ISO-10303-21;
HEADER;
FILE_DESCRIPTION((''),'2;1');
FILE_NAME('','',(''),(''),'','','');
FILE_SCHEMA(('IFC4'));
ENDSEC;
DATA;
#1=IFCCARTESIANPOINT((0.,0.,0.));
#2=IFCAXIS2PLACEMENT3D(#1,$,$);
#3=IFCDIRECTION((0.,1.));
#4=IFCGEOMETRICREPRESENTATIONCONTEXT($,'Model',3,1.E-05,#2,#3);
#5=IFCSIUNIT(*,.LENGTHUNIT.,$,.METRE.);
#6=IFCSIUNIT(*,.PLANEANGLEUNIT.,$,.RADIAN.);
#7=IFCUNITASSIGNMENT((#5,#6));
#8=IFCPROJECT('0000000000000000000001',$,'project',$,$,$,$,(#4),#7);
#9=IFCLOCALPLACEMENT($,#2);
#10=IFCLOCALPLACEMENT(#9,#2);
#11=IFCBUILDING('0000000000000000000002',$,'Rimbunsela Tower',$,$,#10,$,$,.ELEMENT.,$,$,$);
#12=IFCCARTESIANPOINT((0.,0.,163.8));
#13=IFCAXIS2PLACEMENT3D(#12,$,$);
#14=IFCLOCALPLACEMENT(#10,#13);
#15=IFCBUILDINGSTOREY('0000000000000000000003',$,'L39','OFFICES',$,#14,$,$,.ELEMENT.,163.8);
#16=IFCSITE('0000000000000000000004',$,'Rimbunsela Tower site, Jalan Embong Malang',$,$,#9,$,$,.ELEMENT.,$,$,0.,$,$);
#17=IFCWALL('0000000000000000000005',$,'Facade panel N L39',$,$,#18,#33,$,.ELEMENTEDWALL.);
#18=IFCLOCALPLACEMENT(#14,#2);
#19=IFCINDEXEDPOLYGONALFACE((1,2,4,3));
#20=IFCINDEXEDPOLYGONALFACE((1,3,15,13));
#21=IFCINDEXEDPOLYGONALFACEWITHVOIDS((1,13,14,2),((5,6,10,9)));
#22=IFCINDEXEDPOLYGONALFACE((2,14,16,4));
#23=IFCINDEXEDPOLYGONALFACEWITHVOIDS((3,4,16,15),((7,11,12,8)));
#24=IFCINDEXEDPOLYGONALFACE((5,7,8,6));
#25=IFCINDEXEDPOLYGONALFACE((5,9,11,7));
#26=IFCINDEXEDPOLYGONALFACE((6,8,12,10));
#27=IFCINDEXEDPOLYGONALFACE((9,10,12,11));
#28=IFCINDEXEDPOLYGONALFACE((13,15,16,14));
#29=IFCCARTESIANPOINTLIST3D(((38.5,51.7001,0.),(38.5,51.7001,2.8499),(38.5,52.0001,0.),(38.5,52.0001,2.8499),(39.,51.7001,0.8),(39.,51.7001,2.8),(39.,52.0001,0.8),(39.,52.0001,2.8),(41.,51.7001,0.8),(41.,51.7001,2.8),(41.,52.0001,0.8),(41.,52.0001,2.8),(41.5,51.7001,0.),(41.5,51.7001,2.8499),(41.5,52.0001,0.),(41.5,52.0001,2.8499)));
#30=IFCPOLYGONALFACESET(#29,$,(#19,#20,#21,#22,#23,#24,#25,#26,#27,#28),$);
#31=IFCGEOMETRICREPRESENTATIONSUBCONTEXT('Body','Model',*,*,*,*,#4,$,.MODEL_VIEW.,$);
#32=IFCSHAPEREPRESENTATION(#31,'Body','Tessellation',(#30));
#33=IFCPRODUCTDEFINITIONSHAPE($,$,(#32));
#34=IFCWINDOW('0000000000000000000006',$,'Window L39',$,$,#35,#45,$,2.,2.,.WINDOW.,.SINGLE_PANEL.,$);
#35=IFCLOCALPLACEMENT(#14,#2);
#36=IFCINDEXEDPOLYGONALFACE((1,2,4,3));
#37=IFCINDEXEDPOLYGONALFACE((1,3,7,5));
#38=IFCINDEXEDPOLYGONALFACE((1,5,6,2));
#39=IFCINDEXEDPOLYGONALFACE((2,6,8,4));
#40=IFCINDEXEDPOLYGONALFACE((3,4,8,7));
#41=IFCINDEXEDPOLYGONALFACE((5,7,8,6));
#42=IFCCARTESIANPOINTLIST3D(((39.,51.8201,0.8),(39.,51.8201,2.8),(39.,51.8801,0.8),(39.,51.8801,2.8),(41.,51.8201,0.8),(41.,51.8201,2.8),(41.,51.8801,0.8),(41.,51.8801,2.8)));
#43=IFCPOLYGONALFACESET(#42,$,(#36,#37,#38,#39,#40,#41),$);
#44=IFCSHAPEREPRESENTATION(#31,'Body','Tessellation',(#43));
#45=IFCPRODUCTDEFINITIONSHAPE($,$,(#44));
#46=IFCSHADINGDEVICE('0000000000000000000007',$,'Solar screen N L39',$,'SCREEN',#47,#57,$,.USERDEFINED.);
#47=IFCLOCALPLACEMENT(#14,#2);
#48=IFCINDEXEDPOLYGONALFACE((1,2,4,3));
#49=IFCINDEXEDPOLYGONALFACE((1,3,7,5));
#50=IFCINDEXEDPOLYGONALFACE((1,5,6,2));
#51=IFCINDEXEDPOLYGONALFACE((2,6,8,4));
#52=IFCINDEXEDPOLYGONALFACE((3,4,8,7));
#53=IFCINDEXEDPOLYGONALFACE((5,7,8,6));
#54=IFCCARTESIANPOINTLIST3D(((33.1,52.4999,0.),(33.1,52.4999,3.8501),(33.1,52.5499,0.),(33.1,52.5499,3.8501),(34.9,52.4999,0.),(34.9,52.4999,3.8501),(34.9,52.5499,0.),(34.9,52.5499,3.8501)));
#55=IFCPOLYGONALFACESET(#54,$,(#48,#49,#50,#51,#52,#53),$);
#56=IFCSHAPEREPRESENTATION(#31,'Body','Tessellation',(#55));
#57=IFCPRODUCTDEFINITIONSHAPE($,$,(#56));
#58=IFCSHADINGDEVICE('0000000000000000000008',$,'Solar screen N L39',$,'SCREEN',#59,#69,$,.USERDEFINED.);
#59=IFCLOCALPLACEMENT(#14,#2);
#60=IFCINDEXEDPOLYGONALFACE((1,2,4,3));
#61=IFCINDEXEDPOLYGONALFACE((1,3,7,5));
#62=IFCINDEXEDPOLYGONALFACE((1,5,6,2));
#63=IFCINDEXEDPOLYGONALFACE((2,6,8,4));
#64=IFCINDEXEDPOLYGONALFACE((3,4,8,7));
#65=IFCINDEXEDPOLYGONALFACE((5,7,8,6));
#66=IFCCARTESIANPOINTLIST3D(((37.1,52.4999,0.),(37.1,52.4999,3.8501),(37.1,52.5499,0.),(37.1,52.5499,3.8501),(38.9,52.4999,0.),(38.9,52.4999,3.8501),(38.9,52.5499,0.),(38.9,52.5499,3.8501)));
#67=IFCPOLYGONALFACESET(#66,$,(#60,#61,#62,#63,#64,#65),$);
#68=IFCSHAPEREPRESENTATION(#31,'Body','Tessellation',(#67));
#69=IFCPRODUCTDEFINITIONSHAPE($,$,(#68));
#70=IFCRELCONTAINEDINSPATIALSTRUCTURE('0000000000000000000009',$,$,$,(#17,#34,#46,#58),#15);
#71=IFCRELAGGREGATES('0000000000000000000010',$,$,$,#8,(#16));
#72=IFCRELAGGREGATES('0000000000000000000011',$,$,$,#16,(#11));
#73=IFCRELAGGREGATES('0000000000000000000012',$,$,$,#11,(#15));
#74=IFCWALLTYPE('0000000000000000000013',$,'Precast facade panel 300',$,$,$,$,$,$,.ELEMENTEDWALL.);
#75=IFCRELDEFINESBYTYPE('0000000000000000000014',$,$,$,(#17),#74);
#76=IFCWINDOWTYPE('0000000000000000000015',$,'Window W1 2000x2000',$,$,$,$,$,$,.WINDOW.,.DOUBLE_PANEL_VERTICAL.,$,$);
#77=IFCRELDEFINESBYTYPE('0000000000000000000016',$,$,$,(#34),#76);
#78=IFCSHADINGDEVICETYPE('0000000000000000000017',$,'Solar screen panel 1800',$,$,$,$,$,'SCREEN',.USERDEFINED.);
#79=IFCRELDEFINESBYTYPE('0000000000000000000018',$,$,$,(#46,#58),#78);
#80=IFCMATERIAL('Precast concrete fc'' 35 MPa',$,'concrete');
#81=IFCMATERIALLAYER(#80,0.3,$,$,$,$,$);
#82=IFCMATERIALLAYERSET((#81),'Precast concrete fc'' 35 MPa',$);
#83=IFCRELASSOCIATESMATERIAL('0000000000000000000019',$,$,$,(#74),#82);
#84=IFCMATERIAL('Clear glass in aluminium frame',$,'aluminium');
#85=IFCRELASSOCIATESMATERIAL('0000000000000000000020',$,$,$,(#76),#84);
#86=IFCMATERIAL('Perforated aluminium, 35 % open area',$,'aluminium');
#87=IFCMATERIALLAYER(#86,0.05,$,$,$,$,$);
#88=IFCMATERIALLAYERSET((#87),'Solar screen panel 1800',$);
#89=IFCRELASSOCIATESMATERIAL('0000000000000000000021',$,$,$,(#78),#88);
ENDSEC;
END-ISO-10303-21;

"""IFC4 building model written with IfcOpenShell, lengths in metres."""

from ifc_helpers import new_model, si_unit, direction, frame, frame_2d, origin, origin_2d, place, context, subcontext, project, spatial, rectangle, extrude, material, layer, layer_set, type_object, element, fill, save


model = new_model("IFC4")

# Units and contexts
model_context = context("Model", 3, precision=1e-05, world=origin(), true_north=direction((0.0, 1.0)))
body_context = subcontext(model_context, "Body", "Model", "MODEL_VIEW")
ifc_project = project(units=[si_unit("LENGTHUNIT", "METRE"), si_unit("PLANEANGLEUNIT", "RADIAN")], contexts=[model_context])

# Site, building, storey
site_placement = place(None, origin())
site = spatial("IfcSite", under=ifc_project, at=site_placement, Name="Rimbunsela Tower site, Jalan Embong Malang", CompositionType="ELEMENT", RefElevation=0.0)
building_placement = place(site_placement, origin())
building = spatial("IfcBuilding", under=site, at=building_placement, Name="Rimbunsela Tower", CompositionType="ELEMENT")
storey_placement = place(building_placement, frame((0.0, 0.0, 163.8)))
storey = spatial("IfcBuildingStorey", under=building, at=storey_placement, Name="L39", Description="OFFICES", CompositionType="ELEMENT", Elevation=163.8)

# Wall, opening, window
ifc_material_1 = material(Name="Precast concrete fc' 35 MPa", Category="concrete")
ifc_layer_1 = layer(ifc_material_1, 0.3)
ifc_layer_set_1 = layer_set([ifc_layer_1], Name="Precast concrete fc' 35 MPa")
wall_type_1 = type_object("IfcWallType", Name="Precast facade panel 300", PredefinedType="ELEMENTEDWALL", material=ifc_layer_set_1)
ifc_material_2 = material(Name="Clear glass in aluminium frame", Category="aluminium")
window_type = type_object("IfcWindowType", Name="Window W1 2000x2000", PartitioningType="DOUBLE_PANEL_VERTICAL", PredefinedType="WINDOW", material=ifc_material_2)
wall_1_placement = place(storey_placement, frame((41.5, 51.8501, 0.0), z_axis=(0.0, 0.0, 1.0), x_axis=(-1.0, 0.0, 0.0)))
wall_1 = element("IfcWall", 1, at=wall_1_placement, inside=storey, type_object=wall_type_1, Name="Facade panel N L39", PredefinedType="ELEMENTEDWALL", context=body_context, shape_type="SweptSolid", body=[
    extrude(rectangle(XDim=3.0, YDim=0.3, at=frame_2d((1.5, 0.0))), origin(), (0.0, 0.0, 1.0), 2.8499),
])
opening_1_placement = place(wall_1_placement, frame((0.5, 0.0, 0.8)))
opening_1 = element("IfcOpeningElement", 2, at=opening_1_placement, cuts=wall_1, PredefinedType="OPENING", context=body_context, shape_type="SweptSolid", body=[
    extrude(rectangle(XDim=2.0, YDim=2.0, at=frame_2d((1.0, 1.0))), frame((0.0, 0.1599, 0.0), z_axis=(0.0, -1.0, 0.0), x_axis=(1.0, 0.0, 0.0)), (0.0, 0.0, 1.0), 0.3201),
])
window_1_placement = place(opening_1_placement, origin())
window_1 = element("IfcWindow", 3, at=window_1_placement, inside=storey, type_object=window_type, Name="Window L39", OverallHeight=2.0, OverallWidth=2.0, PartitioningType="SINGLE_PANEL", PredefinedType="WINDOW", context=body_context, shape_type="SweptSolid", body=[
    extrude(rectangle(XDim=2.0, YDim=2.0, at=frame_2d((1.0, 1.0))), frame((0.0, 0.03, 0.0), z_axis=(0.0, -1.0, 0.0), x_axis=(1.0, 0.0, 0.0)), (0.0, 0.0, 1.0), 0.0601),
])
fill(opening_1, window_1)

# Shading devices
ifc_material_3 = material(Name="Perforated aluminium, 35 % open area", Category="aluminium")
ifc_layer_2 = layer(ifc_material_3, 0.05)
ifc_layer_set_2 = layer_set([ifc_layer_2], Name="Solar screen panel 1800")
shading_device_type = type_object("IfcShadingDeviceType", Name="Solar screen panel 1800", ElementType="SCREEN", PredefinedType="USERDEFINED", material=ifc_layer_set_2)
for number, where, z_axis, x_axis, name in (
    (4, (34.0, 52.5249, 0.0), (0.0, 0.0, 1.0), (1.0, 0.0, 0.0), "Solar screen N L39"),
    (5, (38.0, 52.5249, 0.0), (0.0, 0.0, 1.0), (1.0, 0.0, 0.0), "Solar screen N L39"),
):
    element("IfcShadingDevice", number, at=place(storey_placement, frame(where, z_axis=z_axis, x_axis=x_axis)), inside=storey, type_object=shading_device_type, Name=name, ObjectType="SCREEN", PredefinedType="USERDEFINED", context=body_context, shape_type="SweptSolid", body=[
        extrude(rectangle(XDim=1.8, YDim=0.05, at=origin_2d()), origin(), (0.0, 0.0, 1.0), 3.8501),
    ])

save(model, "model.ifc")
